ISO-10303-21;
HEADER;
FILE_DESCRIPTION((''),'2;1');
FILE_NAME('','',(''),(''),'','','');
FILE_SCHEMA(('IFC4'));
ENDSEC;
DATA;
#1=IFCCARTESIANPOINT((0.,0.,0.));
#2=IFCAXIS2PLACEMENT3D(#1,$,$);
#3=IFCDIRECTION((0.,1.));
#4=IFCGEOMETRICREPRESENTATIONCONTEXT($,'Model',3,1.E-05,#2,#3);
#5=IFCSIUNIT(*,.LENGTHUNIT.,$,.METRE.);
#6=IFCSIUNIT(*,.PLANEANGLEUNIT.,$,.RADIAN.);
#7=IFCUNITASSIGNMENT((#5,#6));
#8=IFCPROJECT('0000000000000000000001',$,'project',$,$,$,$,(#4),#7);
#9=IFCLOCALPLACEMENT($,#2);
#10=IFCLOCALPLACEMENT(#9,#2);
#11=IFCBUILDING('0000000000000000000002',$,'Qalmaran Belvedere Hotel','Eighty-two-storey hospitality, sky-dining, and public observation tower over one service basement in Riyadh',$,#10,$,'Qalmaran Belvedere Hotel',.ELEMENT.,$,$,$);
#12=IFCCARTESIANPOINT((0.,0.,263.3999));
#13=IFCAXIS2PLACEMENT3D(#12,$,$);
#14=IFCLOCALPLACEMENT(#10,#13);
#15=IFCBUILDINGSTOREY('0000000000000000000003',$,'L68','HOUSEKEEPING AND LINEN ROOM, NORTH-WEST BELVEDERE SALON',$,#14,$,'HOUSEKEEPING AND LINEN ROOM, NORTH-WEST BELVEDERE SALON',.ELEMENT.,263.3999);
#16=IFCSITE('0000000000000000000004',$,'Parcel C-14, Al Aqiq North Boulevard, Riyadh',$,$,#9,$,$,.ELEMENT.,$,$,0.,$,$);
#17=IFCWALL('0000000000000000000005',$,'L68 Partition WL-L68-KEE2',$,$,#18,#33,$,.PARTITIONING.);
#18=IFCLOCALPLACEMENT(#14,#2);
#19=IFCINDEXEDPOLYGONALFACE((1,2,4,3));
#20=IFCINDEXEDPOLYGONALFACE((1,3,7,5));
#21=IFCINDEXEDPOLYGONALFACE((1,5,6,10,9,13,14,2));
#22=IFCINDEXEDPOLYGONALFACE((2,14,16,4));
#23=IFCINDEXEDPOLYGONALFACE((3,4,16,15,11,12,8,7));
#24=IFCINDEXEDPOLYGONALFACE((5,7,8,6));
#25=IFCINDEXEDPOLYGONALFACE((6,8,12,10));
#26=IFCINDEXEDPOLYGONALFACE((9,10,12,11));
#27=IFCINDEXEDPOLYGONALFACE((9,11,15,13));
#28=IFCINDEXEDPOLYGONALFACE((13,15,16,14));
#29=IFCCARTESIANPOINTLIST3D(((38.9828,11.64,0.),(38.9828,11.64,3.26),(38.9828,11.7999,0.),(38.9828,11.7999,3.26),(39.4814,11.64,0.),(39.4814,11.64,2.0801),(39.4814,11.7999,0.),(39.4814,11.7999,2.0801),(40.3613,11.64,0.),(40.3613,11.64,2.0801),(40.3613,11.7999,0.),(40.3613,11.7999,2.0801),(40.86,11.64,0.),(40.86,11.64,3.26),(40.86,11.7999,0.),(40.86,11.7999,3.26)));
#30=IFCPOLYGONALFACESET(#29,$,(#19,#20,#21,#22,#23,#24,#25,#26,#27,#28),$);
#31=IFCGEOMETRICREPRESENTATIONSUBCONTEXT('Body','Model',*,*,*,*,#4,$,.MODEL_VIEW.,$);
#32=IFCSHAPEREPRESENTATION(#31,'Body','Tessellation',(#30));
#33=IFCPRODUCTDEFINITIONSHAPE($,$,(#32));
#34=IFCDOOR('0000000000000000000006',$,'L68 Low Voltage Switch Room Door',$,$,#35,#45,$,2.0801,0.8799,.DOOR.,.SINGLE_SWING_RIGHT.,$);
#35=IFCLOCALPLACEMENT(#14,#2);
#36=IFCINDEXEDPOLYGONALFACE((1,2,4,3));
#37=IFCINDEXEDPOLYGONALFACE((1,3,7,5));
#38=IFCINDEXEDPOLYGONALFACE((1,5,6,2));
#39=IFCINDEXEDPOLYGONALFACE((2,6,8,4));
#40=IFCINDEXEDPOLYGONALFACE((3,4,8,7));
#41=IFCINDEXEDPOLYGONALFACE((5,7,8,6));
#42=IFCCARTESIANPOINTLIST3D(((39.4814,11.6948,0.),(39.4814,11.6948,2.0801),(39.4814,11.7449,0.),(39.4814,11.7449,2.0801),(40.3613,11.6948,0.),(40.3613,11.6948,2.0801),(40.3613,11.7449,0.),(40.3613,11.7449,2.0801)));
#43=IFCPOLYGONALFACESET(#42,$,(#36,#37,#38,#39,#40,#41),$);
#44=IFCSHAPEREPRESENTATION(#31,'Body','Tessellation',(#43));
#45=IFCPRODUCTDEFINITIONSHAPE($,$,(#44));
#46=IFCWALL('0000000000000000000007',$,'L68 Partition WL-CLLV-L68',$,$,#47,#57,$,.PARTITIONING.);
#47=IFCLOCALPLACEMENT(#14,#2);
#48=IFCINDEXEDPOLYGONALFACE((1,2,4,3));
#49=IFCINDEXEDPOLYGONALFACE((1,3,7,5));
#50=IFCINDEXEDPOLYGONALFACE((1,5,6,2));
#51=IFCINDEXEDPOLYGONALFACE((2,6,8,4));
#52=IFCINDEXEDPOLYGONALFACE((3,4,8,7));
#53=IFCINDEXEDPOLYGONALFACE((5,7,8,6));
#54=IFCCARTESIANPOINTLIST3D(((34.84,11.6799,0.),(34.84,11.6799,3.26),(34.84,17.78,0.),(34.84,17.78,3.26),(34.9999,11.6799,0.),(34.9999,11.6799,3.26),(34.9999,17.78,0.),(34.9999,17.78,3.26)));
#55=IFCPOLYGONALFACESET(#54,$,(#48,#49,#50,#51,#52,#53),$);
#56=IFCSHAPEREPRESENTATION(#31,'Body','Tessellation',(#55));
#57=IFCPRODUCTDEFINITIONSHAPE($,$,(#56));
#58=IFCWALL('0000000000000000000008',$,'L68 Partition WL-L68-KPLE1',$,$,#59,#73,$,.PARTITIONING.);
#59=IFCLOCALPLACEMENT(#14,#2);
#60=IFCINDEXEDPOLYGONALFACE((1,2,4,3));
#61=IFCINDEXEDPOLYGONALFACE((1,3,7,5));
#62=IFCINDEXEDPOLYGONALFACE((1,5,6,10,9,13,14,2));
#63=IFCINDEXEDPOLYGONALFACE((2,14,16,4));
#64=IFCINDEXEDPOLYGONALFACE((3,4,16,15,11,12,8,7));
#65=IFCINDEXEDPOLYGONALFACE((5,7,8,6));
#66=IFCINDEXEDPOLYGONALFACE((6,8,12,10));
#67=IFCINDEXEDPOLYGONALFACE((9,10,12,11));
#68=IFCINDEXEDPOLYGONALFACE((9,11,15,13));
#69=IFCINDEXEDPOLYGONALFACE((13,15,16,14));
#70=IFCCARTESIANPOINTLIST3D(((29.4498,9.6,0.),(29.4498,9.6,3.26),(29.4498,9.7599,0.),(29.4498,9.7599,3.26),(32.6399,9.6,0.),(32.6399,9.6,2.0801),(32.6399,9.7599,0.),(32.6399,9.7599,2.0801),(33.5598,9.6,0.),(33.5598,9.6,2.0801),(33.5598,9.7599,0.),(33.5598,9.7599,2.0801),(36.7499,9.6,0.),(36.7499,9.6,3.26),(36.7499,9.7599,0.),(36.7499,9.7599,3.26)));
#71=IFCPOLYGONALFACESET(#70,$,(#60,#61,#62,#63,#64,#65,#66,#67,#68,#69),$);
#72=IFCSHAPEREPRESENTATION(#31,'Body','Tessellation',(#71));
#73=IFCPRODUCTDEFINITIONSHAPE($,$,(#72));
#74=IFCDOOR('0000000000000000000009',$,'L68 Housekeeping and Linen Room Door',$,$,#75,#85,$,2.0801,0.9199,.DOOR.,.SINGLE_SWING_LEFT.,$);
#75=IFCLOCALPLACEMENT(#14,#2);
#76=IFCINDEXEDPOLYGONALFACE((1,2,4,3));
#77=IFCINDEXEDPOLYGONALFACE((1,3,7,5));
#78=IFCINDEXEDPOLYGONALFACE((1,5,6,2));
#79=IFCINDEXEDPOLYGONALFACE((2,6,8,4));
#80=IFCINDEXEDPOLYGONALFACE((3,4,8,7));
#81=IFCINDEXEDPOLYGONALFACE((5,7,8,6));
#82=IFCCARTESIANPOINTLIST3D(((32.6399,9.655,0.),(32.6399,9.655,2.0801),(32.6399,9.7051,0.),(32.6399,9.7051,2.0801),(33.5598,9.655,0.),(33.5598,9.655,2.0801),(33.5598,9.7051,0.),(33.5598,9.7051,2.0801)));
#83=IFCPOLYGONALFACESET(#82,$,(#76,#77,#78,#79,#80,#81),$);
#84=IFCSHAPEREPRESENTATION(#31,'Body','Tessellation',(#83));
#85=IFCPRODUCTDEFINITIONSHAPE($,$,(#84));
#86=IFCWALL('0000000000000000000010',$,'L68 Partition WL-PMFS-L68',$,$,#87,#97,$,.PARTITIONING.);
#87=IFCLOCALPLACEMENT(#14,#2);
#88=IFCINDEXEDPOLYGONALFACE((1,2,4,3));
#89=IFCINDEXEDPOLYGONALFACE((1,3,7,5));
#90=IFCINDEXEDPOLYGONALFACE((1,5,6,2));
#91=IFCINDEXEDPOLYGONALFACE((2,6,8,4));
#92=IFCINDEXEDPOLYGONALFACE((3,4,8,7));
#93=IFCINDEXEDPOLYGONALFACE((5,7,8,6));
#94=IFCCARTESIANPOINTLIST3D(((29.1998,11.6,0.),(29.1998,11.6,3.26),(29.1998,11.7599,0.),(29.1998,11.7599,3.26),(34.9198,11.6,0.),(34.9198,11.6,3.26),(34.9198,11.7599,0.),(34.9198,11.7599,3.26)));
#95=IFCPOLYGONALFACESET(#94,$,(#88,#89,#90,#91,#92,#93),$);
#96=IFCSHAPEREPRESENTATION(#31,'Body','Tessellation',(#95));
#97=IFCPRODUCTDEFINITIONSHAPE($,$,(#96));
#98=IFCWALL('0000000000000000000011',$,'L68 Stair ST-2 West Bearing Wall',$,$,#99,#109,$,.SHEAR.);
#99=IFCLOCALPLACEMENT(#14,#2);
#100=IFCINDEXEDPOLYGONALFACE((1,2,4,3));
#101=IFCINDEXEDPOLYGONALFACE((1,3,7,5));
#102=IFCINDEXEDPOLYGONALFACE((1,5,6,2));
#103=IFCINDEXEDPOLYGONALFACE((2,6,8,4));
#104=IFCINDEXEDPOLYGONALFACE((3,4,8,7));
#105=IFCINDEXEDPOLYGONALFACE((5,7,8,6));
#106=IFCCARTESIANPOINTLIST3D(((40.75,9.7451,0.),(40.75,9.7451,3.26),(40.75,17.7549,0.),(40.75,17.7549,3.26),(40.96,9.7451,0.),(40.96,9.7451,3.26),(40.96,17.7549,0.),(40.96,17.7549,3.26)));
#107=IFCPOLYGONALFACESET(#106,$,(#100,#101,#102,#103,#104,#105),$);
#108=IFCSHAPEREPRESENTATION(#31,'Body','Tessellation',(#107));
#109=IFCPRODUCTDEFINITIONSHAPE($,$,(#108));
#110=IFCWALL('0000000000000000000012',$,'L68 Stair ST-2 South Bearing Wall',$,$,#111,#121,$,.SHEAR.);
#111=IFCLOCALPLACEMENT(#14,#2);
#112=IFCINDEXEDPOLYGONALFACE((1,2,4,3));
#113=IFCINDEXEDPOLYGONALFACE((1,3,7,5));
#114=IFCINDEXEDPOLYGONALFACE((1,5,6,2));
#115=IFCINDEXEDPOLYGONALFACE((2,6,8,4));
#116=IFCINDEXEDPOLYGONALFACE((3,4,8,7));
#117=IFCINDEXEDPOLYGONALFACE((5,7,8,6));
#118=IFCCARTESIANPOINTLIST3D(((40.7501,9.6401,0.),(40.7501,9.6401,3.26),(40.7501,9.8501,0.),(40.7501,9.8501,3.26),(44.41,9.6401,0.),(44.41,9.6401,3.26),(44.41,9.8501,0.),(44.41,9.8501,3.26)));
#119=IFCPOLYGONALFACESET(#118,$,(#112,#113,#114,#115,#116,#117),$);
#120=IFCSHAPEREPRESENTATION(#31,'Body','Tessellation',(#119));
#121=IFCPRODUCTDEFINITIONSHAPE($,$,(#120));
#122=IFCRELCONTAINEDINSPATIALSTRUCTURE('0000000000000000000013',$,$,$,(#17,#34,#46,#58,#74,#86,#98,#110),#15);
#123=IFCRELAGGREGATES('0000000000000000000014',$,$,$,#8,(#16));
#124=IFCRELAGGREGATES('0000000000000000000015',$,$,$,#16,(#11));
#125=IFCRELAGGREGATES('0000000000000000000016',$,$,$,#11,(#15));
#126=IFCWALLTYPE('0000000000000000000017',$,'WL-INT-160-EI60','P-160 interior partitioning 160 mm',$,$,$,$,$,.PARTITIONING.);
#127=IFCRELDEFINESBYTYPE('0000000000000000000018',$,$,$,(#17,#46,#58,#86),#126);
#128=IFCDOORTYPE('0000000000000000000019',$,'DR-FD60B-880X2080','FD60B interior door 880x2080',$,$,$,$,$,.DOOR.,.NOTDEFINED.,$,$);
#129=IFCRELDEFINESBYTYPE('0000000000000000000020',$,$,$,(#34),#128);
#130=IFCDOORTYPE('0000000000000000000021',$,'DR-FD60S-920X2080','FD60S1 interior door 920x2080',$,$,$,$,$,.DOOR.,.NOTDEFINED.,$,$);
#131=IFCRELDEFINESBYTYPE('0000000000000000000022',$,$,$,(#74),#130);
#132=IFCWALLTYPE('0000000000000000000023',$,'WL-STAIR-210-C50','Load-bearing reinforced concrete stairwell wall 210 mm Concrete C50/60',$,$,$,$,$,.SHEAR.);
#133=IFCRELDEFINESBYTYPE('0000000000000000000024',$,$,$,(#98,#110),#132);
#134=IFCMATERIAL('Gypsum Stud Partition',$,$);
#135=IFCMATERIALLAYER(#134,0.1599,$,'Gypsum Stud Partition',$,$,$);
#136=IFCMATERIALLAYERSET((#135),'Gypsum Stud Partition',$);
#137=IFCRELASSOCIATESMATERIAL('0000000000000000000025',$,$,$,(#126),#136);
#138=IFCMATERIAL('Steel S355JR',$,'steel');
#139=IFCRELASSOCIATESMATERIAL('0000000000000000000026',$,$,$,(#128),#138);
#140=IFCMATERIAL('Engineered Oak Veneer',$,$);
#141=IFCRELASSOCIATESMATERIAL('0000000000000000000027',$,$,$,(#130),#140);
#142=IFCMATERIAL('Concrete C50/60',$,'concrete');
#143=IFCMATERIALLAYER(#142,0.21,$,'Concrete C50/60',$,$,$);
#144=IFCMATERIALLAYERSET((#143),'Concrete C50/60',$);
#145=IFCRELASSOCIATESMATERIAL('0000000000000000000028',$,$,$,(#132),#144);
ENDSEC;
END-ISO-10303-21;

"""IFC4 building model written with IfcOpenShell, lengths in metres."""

from ifc_helpers import new_model, si_unit, direction, frame, frame_2d, origin, place, context, subcontext, project, spatial, rectangle, extrude, material, layer, layer_set, type_object, element, fill, save


model = new_model("IFC4")

# Units and contexts
model_context = context("Model", 3, precision=1e-05, world=origin(), true_north=direction((0.0, 1.0)))
body_context = subcontext(model_context, "Body", "Model", "MODEL_VIEW")
ifc_project = project(units=[si_unit("LENGTHUNIT", "METRE"), si_unit("PLANEANGLEUNIT", "RADIAN")], contexts=[model_context])

# Site, building, storey
site_placement = place(None, origin())
site = spatial("IfcSite", under=ifc_project, at=site_placement, Name="Parcel C-14, Al Aqiq North Boulevard, Riyadh", CompositionType="ELEMENT", RefElevation=0.0)
building_placement = place(site_placement, origin())
building = spatial("IfcBuilding", under=site, at=building_placement, Name="Qalmaran Belvedere Hotel", Description="Eighty-two-storey hospitality, sky-dining, and public observation tower over one service basement in Riyadh", LongName="Qalmaran Belvedere Hotel", CompositionType="ELEMENT")
storey_placement = place(building_placement, frame((0.0, 0.0, 263.3999)))
storey = spatial("IfcBuildingStorey", under=building, at=storey_placement, Name="L68", Description="HOUSEKEEPING AND LINEN ROOM, NORTH-WEST BELVEDERE SALON", LongName="HOUSEKEEPING AND LINEN ROOM, NORTH-WEST BELVEDERE SALON", CompositionType="ELEMENT", Elevation=263.3999)

# Shared definitions
ifc_material_1 = material(Name="Concrete C50/60", Category="concrete")

# Shared definitions
ifc_material_2 = material(Name="Steel S355JR", Category="steel")

# Shared definitions
ifc_material_3 = material(Name="Gypsum Stud Partition")

# Wall, opening, door
ifc_layer_1 = layer(ifc_material_3, 0.1599, Name="Gypsum Stud Partition")
ifc_layer_set_1 = layer_set([ifc_layer_1], Name="Gypsum Stud Partition")
wall_type_1 = type_object("IfcWallType", Name="WL-INT-160-EI60", Description="P-160 interior partitioning 160 mm", PredefinedType="PARTITIONING", material=ifc_layer_set_1)
door_type_1 = type_object("IfcDoorType", Name="DR-FD60B-880X2080", Description="FD60B interior door 880x2080", OperationType="NOTDEFINED", PredefinedType="DOOR", material=ifc_material_2)
wall_1_placement = place(storey_placement, frame((38.9829, 11.72, 0.0), z_axis=(0.0, 0.0, 1.0), x_axis=(1.0, 0.0, 0.0)))
wall_1 = element("IfcWall", 1, at=wall_1_placement, inside=storey, type_object=wall_type_1, Name="L68 Partition WL-L68-KEE2", PredefinedType="PARTITIONING", context=body_context, shape_type="SweptSolid", body=[
    extrude(rectangle(XDim=1.8772, YDim=0.1599, at=frame_2d((0.9385, 0.0))), origin(), (0.0, 0.0, 1.0), 3.26),
])
opening_1_placement = place(wall_1_placement, frame((0.4985, 0.0, 0.0)))
opening_1 = element("IfcOpeningElement", 2, at=opening_1_placement, cuts=wall_1, PredefinedType="OPENING", context=body_context, shape_type="SweptSolid", body=[
    extrude(rectangle(XDim=0.8799, YDim=2.0801, at=frame_2d((0.4399, 1.04))), frame((0.0, 0.0898, 0.0), z_axis=(0.0, -1.0, 0.0), x_axis=(1.0, 0.0, 0.0)), (0.0, 0.0, 1.0), 0.1799),
])
door_1_placement = place(opening_1_placement, origin())
door_1 = element("IfcDoor", 3, at=door_1_placement, inside=storey, type_object=door_type_1, Name="L68 Low Voltage Switch Room Door", OperationType="SINGLE_SWING_RIGHT", OverallHeight=2.0801, OverallWidth=0.8799, PredefinedType="DOOR", context=body_context, shape_type="SweptSolid", body=[
    extrude(rectangle(XDim=0.8799, YDim=2.0801, at=frame_2d((0.4399, 1.04))), frame((0.0, 0.0249, 0.0), z_axis=(0.0, -1.0, 0.0), x_axis=(1.0, 0.0, 0.0)), (0.0, 0.0, 1.0), 0.05),
])
fill(opening_1, door_1)
ifc_material_4 = material(Name="Engineered Oak Veneer")

# Wall
wall_2_placement = place(storey_placement, frame((34.9199, 11.6799, 0.0), z_axis=(0.0, 0.0, 1.0), x_axis=(0.0, 1.0, 0.0)))
element("IfcWall", 4, at=wall_2_placement, inside=storey, type_object=wall_type_1, Name="L68 Partition WL-CLLV-L68", PredefinedType="PARTITIONING", context=body_context, shape_type="SweptSolid", body=[
    extrude(rectangle(XDim=6.1001, YDim=0.1599, at=frame_2d((3.05, 0.0))), origin(), (0.0, 0.0, 1.0), 3.26),
])

# Wall, opening, door
wall_3_placement = place(storey_placement, frame((29.45, 9.6799, 0.0), z_axis=(0.0, 0.0, 1.0), x_axis=(1.0, 0.0, 0.0)))
wall_3 = element("IfcWall", 5, at=wall_3_placement, inside=storey, type_object=wall_type_1, Name="L68 Partition WL-L68-KPLE1", PredefinedType="PARTITIONING", context=body_context, shape_type="SweptSolid", body=[
    extrude(rectangle(XDim=7.3, YDim=0.1599, at=frame_2d((3.6499, 0.0))), origin(), (0.0, 0.0, 1.0), 3.26),
])
opening_2_placement = place(wall_3_placement, frame((4.1099, 0.0, 0.0), z_axis=(0.0, 0.0, 1.0), x_axis=(-1.0, 0.0, 0.0)))
opening_2 = element("IfcOpeningElement", 6, at=opening_2_placement, cuts=wall_3, PredefinedType="OPENING", context=body_context, shape_type="SweptSolid", body=[
    extrude(rectangle(XDim=0.9199, YDim=2.0801, at=frame_2d((0.46, 1.04))), frame((0.0, 0.0898, 0.0), z_axis=(0.0, -1.0, 0.0), x_axis=(1.0, 0.0, 0.0)), (0.0, 0.0, 1.0), 0.1799),
])
door_type_2 = type_object("IfcDoorType", Name="DR-FD60S-920X2080", Description="FD60S1 interior door 920x2080", OperationType="NOTDEFINED", PredefinedType="DOOR", material=ifc_material_4)
door_2_placement = place(opening_2_placement, origin())
door_2 = element("IfcDoor", 7, at=door_2_placement, inside=storey, type_object=door_type_2, Name="L68 Housekeeping and Linen Room Door", OperationType="SINGLE_SWING_LEFT", OverallHeight=2.0801, OverallWidth=0.9199, PredefinedType="DOOR", context=body_context, shape_type="SweptSolid", body=[
    extrude(rectangle(XDim=0.9199, YDim=2.0801, at=frame_2d((0.46, 1.04))), frame((0.0, 0.0249, 0.0), z_axis=(0.0, -1.0, 0.0), x_axis=(1.0, 0.0, 0.0)), (0.0, 0.0, 1.0), 0.05),
])
fill(opening_2, door_2)

# Walls
wall_4_placement = place(storey_placement, frame((29.2, 11.6799, 0.0), z_axis=(0.0, 0.0, 1.0), x_axis=(1.0, 0.0, 0.0)))
element("IfcWall", 8, at=wall_4_placement, inside=storey, type_object=wall_type_1, Name="L68 Partition WL-PMFS-L68", PredefinedType="PARTITIONING", context=body_context, shape_type="SweptSolid", body=[
    extrude(rectangle(XDim=5.72, YDim=0.1599, at=frame_2d((2.8599, 0.0))), origin(), (0.0, 0.0, 1.0), 3.26),
])
ifc_layer_2 = layer(ifc_material_1, 0.21, Name="Concrete C50/60")
ifc_layer_set_2 = layer_set([ifc_layer_2], Name="Concrete C50/60")
wall_type_2 = type_object("IfcWallType", Name="WL-STAIR-210-C50", Description="Load-bearing reinforced concrete stairwell wall 210 mm Concrete C50/60", PredefinedType="SHEAR", material=ifc_layer_set_2)
wall_5_placement = place(storey_placement, frame((40.855, 9.7451, 0.0), z_axis=(0.0, 0.0, 1.0), x_axis=(0.0, 1.0, 0.0)))
element("IfcWall", 9, at=wall_5_placement, inside=storey, type_object=wall_type_2, Name="L68 Stair ST-2 West Bearing Wall", PredefinedType="SHEAR", context=body_context, shape_type="SweptSolid", body=[
    extrude(rectangle(XDim=8.0098, YDim=0.21, at=frame_2d((4.0049, 0.0))), origin(), (0.0, 0.0, 1.0), 3.26),
])
wall_6_placement = place(storey_placement, frame((40.75, 9.7451, 0.0), z_axis=(0.0, 0.0, 1.0), x_axis=(1.0, 0.0, 0.0)))
element("IfcWall", 10, at=wall_6_placement, inside=storey, type_object=wall_type_2, Name="L68 Stair ST-2 South Bearing Wall", PredefinedType="SHEAR", context=body_context, shape_type="SweptSolid", body=[
    extrude(rectangle(XDim=3.6599, YDim=0.21, at=frame_2d((1.8301, 0.0))), origin(), (0.0, 0.0, 1.0), 3.26),
])

save(model, "model.ifc")
